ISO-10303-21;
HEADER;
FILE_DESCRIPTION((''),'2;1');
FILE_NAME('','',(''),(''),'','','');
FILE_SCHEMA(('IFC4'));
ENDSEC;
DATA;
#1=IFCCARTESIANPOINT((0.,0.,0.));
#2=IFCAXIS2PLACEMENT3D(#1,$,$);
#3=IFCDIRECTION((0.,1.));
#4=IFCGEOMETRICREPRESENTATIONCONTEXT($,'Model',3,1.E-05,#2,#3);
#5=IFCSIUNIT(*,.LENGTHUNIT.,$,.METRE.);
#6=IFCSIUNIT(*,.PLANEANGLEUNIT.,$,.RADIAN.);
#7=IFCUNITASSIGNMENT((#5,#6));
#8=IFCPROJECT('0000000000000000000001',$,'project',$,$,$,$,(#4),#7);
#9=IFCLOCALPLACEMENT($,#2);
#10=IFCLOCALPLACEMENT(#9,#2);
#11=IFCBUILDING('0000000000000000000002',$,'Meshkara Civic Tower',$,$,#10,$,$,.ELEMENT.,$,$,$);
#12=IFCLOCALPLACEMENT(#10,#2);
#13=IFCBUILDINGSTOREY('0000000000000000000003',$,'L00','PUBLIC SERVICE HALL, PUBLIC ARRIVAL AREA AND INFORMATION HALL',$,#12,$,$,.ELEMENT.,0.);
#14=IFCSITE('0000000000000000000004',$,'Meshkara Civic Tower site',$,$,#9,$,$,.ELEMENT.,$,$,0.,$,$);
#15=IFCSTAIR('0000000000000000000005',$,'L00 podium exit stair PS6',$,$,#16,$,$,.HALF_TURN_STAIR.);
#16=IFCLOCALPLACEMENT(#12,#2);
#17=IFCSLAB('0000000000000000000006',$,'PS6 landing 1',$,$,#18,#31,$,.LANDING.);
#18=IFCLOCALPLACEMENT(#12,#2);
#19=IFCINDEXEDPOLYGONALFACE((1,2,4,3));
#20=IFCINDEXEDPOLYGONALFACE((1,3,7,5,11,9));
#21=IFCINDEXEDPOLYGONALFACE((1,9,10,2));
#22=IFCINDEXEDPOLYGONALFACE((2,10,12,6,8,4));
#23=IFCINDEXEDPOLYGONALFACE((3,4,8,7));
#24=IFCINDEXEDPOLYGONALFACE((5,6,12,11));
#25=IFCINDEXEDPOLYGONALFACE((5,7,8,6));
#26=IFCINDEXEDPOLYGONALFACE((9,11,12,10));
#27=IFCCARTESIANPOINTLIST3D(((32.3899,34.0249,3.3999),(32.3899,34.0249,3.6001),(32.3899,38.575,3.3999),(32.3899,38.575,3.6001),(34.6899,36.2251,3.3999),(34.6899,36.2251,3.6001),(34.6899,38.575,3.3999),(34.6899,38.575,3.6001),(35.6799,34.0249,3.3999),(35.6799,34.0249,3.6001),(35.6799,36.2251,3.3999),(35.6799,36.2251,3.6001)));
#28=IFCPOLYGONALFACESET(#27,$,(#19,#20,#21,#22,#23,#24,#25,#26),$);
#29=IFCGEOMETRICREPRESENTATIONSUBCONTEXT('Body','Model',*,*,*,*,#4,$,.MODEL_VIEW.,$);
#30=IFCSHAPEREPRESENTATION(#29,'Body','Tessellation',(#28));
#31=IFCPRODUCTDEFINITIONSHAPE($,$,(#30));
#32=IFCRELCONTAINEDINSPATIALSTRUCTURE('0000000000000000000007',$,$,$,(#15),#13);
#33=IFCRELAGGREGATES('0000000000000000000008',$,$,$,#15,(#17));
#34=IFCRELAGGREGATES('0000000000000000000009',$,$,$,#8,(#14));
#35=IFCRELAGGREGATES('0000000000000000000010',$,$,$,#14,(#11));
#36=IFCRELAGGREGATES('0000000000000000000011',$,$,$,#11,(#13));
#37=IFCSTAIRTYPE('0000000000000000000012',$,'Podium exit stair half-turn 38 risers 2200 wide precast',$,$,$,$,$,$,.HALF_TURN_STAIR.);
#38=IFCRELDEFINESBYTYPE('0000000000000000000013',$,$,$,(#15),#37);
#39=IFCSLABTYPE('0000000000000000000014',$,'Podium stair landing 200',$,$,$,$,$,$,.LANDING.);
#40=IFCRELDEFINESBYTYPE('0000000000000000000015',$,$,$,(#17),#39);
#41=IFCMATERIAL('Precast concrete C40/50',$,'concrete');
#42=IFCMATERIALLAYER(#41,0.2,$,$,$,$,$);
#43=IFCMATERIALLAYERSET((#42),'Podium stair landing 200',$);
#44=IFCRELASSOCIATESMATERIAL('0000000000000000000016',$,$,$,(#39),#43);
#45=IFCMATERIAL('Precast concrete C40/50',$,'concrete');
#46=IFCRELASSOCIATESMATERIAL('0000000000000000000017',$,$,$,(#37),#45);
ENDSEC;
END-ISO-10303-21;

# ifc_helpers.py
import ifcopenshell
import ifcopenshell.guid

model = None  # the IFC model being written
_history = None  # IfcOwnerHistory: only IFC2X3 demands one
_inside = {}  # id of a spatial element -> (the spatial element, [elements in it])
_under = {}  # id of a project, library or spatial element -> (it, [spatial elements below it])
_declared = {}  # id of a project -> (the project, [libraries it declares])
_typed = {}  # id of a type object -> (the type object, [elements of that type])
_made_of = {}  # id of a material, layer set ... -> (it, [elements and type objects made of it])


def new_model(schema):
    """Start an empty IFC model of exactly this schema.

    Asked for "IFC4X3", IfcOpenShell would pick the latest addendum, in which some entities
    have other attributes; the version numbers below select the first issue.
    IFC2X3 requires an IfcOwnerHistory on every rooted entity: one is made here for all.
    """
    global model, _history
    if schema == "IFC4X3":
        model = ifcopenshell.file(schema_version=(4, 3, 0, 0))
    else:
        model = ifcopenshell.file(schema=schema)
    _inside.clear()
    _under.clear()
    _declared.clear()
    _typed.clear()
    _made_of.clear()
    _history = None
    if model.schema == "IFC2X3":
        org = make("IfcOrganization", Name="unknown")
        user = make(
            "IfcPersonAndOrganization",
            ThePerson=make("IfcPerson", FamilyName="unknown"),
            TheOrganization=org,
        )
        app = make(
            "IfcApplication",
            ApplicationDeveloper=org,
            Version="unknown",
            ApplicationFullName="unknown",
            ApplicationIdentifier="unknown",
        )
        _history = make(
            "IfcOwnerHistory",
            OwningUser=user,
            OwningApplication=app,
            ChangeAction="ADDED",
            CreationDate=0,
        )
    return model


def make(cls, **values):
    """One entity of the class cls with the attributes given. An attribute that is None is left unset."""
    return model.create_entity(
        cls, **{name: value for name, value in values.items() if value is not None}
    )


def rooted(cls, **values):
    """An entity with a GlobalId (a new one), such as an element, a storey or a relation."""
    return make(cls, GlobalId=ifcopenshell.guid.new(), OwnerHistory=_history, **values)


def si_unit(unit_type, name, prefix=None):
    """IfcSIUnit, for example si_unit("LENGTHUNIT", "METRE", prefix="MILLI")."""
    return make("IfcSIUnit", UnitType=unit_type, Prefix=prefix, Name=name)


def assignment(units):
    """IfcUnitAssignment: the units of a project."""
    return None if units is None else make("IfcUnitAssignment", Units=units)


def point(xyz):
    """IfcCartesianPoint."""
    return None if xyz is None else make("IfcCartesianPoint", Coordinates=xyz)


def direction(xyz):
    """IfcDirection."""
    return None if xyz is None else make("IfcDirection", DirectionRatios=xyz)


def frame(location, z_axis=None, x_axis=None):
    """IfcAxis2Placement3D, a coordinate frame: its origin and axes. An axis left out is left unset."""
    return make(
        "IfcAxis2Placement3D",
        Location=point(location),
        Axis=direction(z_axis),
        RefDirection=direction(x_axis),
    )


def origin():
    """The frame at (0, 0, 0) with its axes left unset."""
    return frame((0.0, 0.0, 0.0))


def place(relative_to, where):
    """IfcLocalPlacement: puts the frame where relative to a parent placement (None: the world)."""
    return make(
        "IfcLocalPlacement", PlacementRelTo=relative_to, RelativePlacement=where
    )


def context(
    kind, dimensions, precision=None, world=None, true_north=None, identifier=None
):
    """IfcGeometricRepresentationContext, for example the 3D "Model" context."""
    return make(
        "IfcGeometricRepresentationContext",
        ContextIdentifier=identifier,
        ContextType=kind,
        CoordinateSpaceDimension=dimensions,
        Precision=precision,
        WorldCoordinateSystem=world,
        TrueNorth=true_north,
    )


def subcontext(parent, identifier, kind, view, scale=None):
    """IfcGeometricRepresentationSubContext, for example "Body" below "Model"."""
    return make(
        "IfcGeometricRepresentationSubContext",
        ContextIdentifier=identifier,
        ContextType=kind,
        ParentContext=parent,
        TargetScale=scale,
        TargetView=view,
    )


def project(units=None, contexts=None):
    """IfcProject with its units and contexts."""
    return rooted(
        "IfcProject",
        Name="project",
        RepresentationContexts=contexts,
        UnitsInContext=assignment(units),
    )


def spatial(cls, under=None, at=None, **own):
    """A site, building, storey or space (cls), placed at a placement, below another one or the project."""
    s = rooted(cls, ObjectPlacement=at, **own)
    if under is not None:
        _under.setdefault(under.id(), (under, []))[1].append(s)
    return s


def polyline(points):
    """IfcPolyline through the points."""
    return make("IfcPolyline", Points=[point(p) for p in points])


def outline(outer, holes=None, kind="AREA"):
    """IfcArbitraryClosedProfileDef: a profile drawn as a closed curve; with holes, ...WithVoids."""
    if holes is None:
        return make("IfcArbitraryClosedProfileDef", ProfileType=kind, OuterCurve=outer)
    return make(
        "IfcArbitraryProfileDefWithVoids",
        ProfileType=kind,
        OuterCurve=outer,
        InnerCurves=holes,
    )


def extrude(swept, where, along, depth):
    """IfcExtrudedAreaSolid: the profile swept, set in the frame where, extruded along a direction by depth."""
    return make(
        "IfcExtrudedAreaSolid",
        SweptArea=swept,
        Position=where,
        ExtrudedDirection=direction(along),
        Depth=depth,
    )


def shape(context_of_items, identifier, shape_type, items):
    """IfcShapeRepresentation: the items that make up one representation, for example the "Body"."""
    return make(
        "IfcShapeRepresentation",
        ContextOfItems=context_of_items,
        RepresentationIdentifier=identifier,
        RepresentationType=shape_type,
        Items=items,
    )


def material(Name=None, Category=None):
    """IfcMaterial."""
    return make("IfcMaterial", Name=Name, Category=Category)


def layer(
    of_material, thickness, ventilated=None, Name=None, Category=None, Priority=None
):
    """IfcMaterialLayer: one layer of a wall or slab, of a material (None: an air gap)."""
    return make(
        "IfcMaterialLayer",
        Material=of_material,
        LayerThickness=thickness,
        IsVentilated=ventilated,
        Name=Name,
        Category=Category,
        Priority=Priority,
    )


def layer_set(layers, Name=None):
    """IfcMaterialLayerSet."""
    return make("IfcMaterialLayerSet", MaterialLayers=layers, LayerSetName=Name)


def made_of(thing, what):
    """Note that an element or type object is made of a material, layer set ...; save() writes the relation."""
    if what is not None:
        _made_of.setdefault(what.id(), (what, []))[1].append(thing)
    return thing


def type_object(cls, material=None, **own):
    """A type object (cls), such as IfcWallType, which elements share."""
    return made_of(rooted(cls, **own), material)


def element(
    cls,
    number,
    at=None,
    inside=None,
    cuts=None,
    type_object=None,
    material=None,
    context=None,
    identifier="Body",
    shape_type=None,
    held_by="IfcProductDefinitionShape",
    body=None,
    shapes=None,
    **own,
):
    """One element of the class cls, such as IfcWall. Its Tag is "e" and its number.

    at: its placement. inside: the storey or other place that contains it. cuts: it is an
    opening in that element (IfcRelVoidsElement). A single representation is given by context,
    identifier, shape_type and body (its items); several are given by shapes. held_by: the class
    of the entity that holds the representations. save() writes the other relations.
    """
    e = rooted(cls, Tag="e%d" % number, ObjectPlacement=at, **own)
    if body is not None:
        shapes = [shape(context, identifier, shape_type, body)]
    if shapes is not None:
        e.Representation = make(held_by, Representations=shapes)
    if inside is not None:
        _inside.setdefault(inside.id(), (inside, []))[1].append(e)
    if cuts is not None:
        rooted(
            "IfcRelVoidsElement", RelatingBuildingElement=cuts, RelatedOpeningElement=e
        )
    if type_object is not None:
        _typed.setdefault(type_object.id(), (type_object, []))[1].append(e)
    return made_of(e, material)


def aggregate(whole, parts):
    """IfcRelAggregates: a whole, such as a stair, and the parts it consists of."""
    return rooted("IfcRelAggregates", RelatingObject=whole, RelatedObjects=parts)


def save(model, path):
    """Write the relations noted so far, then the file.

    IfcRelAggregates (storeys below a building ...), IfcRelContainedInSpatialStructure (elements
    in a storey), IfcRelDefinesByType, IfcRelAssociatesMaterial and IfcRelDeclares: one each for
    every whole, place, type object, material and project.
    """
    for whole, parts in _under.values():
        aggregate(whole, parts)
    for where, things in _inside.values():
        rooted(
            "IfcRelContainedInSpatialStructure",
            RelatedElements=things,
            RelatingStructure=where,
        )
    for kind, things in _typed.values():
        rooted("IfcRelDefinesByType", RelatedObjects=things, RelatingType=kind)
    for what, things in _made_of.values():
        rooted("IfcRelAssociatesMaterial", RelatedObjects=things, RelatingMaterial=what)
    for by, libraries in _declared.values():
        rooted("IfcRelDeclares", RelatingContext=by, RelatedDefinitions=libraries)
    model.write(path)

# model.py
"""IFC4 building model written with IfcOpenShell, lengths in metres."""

from ifc_helpers import new_model, si_unit, direction, frame, origin, place, context, subcontext, project, spatial, polyline, outline, extrude, material, layer, layer_set, type_object, element, aggregate, save


model = new_model("IFC4")

# Units and contexts
model_context = context("Model", 3, precision=1e-05, world=origin(), true_north=direction((0.0, 1.0)))
body_context = subcontext(model_context, "Body", "Model", "MODEL_VIEW")
ifc_project = project(units=[si_unit("LENGTHUNIT", "METRE"), si_unit("PLANEANGLEUNIT", "RADIAN")], contexts=[model_context])

# Site, building, storey
site_placement = place(None, origin())
site = spatial("IfcSite", under=ifc_project, at=site_placement, Name="Meshkara Civic Tower site", CompositionType="ELEMENT", RefElevation=0.0)
building_placement = place(site_placement, origin())
building = spatial("IfcBuilding", under=site, at=building_placement, Name="Meshkara Civic Tower", CompositionType="ELEMENT")
storey_placement = place(building_placement, origin())
storey = spatial("IfcBuildingStorey", under=building, at=storey_placement, Name="L00", Description="PUBLIC SERVICE HALL, PUBLIC ARRIVAL AREA AND INFORMATION HALL", CompositionType="ELEMENT", Elevation=0.0)

# Stair, slab
ifc_material_1 = material(Name="Precast concrete C40/50", Category="concrete")
ifc_layer_1 = layer(ifc_material_1, 0.2)
ifc_layer_set_1 = layer_set([ifc_layer_1], Name="Podium stair landing 200")
slab_type_1 = type_object("IfcSlabType", Name="Podium stair landing 200", PredefinedType="LANDING", material=ifc_layer_set_1)
ifc_material_2 = material(Name="Precast concrete C40/50", Category="concrete")
stair_type_1 = type_object("IfcStairType", Name="Podium exit stair half-turn 38 risers 2200 wide precast", PredefinedType="HALF_TURN_STAIR", material=ifc_material_2)
stair_1_placement = place(storey_placement, origin())
stair_1 = element("IfcStair", 1, at=stair_1_placement, inside=storey, type_object=stair_type_1, Name="L00 podium exit stair PS6", PredefinedType="HALF_TURN_STAIR")
slab_1_placement = place(storey_placement, frame((0.0, 0.0, 3.3999)))
slab_1 = element("IfcSlab", 2, at=slab_1_placement, type_object=slab_type_1, Name="PS6 landing 1", PredefinedType="LANDING", context=body_context, shape_type="SweptSolid", body=[
    extrude(outline(polyline([(35.6799, 36.2251), (35.6799, 34.0249), (32.3899, 34.0249), (32.3899, 38.575), (34.6899, 38.575), (34.6899, 36.2251), (35.6799, 36.2251)])), origin(), (0.0, 0.0, 1.0), 0.2002),
])
aggregate(stair_1, [slab_1])

save(model, "model.ifc")
